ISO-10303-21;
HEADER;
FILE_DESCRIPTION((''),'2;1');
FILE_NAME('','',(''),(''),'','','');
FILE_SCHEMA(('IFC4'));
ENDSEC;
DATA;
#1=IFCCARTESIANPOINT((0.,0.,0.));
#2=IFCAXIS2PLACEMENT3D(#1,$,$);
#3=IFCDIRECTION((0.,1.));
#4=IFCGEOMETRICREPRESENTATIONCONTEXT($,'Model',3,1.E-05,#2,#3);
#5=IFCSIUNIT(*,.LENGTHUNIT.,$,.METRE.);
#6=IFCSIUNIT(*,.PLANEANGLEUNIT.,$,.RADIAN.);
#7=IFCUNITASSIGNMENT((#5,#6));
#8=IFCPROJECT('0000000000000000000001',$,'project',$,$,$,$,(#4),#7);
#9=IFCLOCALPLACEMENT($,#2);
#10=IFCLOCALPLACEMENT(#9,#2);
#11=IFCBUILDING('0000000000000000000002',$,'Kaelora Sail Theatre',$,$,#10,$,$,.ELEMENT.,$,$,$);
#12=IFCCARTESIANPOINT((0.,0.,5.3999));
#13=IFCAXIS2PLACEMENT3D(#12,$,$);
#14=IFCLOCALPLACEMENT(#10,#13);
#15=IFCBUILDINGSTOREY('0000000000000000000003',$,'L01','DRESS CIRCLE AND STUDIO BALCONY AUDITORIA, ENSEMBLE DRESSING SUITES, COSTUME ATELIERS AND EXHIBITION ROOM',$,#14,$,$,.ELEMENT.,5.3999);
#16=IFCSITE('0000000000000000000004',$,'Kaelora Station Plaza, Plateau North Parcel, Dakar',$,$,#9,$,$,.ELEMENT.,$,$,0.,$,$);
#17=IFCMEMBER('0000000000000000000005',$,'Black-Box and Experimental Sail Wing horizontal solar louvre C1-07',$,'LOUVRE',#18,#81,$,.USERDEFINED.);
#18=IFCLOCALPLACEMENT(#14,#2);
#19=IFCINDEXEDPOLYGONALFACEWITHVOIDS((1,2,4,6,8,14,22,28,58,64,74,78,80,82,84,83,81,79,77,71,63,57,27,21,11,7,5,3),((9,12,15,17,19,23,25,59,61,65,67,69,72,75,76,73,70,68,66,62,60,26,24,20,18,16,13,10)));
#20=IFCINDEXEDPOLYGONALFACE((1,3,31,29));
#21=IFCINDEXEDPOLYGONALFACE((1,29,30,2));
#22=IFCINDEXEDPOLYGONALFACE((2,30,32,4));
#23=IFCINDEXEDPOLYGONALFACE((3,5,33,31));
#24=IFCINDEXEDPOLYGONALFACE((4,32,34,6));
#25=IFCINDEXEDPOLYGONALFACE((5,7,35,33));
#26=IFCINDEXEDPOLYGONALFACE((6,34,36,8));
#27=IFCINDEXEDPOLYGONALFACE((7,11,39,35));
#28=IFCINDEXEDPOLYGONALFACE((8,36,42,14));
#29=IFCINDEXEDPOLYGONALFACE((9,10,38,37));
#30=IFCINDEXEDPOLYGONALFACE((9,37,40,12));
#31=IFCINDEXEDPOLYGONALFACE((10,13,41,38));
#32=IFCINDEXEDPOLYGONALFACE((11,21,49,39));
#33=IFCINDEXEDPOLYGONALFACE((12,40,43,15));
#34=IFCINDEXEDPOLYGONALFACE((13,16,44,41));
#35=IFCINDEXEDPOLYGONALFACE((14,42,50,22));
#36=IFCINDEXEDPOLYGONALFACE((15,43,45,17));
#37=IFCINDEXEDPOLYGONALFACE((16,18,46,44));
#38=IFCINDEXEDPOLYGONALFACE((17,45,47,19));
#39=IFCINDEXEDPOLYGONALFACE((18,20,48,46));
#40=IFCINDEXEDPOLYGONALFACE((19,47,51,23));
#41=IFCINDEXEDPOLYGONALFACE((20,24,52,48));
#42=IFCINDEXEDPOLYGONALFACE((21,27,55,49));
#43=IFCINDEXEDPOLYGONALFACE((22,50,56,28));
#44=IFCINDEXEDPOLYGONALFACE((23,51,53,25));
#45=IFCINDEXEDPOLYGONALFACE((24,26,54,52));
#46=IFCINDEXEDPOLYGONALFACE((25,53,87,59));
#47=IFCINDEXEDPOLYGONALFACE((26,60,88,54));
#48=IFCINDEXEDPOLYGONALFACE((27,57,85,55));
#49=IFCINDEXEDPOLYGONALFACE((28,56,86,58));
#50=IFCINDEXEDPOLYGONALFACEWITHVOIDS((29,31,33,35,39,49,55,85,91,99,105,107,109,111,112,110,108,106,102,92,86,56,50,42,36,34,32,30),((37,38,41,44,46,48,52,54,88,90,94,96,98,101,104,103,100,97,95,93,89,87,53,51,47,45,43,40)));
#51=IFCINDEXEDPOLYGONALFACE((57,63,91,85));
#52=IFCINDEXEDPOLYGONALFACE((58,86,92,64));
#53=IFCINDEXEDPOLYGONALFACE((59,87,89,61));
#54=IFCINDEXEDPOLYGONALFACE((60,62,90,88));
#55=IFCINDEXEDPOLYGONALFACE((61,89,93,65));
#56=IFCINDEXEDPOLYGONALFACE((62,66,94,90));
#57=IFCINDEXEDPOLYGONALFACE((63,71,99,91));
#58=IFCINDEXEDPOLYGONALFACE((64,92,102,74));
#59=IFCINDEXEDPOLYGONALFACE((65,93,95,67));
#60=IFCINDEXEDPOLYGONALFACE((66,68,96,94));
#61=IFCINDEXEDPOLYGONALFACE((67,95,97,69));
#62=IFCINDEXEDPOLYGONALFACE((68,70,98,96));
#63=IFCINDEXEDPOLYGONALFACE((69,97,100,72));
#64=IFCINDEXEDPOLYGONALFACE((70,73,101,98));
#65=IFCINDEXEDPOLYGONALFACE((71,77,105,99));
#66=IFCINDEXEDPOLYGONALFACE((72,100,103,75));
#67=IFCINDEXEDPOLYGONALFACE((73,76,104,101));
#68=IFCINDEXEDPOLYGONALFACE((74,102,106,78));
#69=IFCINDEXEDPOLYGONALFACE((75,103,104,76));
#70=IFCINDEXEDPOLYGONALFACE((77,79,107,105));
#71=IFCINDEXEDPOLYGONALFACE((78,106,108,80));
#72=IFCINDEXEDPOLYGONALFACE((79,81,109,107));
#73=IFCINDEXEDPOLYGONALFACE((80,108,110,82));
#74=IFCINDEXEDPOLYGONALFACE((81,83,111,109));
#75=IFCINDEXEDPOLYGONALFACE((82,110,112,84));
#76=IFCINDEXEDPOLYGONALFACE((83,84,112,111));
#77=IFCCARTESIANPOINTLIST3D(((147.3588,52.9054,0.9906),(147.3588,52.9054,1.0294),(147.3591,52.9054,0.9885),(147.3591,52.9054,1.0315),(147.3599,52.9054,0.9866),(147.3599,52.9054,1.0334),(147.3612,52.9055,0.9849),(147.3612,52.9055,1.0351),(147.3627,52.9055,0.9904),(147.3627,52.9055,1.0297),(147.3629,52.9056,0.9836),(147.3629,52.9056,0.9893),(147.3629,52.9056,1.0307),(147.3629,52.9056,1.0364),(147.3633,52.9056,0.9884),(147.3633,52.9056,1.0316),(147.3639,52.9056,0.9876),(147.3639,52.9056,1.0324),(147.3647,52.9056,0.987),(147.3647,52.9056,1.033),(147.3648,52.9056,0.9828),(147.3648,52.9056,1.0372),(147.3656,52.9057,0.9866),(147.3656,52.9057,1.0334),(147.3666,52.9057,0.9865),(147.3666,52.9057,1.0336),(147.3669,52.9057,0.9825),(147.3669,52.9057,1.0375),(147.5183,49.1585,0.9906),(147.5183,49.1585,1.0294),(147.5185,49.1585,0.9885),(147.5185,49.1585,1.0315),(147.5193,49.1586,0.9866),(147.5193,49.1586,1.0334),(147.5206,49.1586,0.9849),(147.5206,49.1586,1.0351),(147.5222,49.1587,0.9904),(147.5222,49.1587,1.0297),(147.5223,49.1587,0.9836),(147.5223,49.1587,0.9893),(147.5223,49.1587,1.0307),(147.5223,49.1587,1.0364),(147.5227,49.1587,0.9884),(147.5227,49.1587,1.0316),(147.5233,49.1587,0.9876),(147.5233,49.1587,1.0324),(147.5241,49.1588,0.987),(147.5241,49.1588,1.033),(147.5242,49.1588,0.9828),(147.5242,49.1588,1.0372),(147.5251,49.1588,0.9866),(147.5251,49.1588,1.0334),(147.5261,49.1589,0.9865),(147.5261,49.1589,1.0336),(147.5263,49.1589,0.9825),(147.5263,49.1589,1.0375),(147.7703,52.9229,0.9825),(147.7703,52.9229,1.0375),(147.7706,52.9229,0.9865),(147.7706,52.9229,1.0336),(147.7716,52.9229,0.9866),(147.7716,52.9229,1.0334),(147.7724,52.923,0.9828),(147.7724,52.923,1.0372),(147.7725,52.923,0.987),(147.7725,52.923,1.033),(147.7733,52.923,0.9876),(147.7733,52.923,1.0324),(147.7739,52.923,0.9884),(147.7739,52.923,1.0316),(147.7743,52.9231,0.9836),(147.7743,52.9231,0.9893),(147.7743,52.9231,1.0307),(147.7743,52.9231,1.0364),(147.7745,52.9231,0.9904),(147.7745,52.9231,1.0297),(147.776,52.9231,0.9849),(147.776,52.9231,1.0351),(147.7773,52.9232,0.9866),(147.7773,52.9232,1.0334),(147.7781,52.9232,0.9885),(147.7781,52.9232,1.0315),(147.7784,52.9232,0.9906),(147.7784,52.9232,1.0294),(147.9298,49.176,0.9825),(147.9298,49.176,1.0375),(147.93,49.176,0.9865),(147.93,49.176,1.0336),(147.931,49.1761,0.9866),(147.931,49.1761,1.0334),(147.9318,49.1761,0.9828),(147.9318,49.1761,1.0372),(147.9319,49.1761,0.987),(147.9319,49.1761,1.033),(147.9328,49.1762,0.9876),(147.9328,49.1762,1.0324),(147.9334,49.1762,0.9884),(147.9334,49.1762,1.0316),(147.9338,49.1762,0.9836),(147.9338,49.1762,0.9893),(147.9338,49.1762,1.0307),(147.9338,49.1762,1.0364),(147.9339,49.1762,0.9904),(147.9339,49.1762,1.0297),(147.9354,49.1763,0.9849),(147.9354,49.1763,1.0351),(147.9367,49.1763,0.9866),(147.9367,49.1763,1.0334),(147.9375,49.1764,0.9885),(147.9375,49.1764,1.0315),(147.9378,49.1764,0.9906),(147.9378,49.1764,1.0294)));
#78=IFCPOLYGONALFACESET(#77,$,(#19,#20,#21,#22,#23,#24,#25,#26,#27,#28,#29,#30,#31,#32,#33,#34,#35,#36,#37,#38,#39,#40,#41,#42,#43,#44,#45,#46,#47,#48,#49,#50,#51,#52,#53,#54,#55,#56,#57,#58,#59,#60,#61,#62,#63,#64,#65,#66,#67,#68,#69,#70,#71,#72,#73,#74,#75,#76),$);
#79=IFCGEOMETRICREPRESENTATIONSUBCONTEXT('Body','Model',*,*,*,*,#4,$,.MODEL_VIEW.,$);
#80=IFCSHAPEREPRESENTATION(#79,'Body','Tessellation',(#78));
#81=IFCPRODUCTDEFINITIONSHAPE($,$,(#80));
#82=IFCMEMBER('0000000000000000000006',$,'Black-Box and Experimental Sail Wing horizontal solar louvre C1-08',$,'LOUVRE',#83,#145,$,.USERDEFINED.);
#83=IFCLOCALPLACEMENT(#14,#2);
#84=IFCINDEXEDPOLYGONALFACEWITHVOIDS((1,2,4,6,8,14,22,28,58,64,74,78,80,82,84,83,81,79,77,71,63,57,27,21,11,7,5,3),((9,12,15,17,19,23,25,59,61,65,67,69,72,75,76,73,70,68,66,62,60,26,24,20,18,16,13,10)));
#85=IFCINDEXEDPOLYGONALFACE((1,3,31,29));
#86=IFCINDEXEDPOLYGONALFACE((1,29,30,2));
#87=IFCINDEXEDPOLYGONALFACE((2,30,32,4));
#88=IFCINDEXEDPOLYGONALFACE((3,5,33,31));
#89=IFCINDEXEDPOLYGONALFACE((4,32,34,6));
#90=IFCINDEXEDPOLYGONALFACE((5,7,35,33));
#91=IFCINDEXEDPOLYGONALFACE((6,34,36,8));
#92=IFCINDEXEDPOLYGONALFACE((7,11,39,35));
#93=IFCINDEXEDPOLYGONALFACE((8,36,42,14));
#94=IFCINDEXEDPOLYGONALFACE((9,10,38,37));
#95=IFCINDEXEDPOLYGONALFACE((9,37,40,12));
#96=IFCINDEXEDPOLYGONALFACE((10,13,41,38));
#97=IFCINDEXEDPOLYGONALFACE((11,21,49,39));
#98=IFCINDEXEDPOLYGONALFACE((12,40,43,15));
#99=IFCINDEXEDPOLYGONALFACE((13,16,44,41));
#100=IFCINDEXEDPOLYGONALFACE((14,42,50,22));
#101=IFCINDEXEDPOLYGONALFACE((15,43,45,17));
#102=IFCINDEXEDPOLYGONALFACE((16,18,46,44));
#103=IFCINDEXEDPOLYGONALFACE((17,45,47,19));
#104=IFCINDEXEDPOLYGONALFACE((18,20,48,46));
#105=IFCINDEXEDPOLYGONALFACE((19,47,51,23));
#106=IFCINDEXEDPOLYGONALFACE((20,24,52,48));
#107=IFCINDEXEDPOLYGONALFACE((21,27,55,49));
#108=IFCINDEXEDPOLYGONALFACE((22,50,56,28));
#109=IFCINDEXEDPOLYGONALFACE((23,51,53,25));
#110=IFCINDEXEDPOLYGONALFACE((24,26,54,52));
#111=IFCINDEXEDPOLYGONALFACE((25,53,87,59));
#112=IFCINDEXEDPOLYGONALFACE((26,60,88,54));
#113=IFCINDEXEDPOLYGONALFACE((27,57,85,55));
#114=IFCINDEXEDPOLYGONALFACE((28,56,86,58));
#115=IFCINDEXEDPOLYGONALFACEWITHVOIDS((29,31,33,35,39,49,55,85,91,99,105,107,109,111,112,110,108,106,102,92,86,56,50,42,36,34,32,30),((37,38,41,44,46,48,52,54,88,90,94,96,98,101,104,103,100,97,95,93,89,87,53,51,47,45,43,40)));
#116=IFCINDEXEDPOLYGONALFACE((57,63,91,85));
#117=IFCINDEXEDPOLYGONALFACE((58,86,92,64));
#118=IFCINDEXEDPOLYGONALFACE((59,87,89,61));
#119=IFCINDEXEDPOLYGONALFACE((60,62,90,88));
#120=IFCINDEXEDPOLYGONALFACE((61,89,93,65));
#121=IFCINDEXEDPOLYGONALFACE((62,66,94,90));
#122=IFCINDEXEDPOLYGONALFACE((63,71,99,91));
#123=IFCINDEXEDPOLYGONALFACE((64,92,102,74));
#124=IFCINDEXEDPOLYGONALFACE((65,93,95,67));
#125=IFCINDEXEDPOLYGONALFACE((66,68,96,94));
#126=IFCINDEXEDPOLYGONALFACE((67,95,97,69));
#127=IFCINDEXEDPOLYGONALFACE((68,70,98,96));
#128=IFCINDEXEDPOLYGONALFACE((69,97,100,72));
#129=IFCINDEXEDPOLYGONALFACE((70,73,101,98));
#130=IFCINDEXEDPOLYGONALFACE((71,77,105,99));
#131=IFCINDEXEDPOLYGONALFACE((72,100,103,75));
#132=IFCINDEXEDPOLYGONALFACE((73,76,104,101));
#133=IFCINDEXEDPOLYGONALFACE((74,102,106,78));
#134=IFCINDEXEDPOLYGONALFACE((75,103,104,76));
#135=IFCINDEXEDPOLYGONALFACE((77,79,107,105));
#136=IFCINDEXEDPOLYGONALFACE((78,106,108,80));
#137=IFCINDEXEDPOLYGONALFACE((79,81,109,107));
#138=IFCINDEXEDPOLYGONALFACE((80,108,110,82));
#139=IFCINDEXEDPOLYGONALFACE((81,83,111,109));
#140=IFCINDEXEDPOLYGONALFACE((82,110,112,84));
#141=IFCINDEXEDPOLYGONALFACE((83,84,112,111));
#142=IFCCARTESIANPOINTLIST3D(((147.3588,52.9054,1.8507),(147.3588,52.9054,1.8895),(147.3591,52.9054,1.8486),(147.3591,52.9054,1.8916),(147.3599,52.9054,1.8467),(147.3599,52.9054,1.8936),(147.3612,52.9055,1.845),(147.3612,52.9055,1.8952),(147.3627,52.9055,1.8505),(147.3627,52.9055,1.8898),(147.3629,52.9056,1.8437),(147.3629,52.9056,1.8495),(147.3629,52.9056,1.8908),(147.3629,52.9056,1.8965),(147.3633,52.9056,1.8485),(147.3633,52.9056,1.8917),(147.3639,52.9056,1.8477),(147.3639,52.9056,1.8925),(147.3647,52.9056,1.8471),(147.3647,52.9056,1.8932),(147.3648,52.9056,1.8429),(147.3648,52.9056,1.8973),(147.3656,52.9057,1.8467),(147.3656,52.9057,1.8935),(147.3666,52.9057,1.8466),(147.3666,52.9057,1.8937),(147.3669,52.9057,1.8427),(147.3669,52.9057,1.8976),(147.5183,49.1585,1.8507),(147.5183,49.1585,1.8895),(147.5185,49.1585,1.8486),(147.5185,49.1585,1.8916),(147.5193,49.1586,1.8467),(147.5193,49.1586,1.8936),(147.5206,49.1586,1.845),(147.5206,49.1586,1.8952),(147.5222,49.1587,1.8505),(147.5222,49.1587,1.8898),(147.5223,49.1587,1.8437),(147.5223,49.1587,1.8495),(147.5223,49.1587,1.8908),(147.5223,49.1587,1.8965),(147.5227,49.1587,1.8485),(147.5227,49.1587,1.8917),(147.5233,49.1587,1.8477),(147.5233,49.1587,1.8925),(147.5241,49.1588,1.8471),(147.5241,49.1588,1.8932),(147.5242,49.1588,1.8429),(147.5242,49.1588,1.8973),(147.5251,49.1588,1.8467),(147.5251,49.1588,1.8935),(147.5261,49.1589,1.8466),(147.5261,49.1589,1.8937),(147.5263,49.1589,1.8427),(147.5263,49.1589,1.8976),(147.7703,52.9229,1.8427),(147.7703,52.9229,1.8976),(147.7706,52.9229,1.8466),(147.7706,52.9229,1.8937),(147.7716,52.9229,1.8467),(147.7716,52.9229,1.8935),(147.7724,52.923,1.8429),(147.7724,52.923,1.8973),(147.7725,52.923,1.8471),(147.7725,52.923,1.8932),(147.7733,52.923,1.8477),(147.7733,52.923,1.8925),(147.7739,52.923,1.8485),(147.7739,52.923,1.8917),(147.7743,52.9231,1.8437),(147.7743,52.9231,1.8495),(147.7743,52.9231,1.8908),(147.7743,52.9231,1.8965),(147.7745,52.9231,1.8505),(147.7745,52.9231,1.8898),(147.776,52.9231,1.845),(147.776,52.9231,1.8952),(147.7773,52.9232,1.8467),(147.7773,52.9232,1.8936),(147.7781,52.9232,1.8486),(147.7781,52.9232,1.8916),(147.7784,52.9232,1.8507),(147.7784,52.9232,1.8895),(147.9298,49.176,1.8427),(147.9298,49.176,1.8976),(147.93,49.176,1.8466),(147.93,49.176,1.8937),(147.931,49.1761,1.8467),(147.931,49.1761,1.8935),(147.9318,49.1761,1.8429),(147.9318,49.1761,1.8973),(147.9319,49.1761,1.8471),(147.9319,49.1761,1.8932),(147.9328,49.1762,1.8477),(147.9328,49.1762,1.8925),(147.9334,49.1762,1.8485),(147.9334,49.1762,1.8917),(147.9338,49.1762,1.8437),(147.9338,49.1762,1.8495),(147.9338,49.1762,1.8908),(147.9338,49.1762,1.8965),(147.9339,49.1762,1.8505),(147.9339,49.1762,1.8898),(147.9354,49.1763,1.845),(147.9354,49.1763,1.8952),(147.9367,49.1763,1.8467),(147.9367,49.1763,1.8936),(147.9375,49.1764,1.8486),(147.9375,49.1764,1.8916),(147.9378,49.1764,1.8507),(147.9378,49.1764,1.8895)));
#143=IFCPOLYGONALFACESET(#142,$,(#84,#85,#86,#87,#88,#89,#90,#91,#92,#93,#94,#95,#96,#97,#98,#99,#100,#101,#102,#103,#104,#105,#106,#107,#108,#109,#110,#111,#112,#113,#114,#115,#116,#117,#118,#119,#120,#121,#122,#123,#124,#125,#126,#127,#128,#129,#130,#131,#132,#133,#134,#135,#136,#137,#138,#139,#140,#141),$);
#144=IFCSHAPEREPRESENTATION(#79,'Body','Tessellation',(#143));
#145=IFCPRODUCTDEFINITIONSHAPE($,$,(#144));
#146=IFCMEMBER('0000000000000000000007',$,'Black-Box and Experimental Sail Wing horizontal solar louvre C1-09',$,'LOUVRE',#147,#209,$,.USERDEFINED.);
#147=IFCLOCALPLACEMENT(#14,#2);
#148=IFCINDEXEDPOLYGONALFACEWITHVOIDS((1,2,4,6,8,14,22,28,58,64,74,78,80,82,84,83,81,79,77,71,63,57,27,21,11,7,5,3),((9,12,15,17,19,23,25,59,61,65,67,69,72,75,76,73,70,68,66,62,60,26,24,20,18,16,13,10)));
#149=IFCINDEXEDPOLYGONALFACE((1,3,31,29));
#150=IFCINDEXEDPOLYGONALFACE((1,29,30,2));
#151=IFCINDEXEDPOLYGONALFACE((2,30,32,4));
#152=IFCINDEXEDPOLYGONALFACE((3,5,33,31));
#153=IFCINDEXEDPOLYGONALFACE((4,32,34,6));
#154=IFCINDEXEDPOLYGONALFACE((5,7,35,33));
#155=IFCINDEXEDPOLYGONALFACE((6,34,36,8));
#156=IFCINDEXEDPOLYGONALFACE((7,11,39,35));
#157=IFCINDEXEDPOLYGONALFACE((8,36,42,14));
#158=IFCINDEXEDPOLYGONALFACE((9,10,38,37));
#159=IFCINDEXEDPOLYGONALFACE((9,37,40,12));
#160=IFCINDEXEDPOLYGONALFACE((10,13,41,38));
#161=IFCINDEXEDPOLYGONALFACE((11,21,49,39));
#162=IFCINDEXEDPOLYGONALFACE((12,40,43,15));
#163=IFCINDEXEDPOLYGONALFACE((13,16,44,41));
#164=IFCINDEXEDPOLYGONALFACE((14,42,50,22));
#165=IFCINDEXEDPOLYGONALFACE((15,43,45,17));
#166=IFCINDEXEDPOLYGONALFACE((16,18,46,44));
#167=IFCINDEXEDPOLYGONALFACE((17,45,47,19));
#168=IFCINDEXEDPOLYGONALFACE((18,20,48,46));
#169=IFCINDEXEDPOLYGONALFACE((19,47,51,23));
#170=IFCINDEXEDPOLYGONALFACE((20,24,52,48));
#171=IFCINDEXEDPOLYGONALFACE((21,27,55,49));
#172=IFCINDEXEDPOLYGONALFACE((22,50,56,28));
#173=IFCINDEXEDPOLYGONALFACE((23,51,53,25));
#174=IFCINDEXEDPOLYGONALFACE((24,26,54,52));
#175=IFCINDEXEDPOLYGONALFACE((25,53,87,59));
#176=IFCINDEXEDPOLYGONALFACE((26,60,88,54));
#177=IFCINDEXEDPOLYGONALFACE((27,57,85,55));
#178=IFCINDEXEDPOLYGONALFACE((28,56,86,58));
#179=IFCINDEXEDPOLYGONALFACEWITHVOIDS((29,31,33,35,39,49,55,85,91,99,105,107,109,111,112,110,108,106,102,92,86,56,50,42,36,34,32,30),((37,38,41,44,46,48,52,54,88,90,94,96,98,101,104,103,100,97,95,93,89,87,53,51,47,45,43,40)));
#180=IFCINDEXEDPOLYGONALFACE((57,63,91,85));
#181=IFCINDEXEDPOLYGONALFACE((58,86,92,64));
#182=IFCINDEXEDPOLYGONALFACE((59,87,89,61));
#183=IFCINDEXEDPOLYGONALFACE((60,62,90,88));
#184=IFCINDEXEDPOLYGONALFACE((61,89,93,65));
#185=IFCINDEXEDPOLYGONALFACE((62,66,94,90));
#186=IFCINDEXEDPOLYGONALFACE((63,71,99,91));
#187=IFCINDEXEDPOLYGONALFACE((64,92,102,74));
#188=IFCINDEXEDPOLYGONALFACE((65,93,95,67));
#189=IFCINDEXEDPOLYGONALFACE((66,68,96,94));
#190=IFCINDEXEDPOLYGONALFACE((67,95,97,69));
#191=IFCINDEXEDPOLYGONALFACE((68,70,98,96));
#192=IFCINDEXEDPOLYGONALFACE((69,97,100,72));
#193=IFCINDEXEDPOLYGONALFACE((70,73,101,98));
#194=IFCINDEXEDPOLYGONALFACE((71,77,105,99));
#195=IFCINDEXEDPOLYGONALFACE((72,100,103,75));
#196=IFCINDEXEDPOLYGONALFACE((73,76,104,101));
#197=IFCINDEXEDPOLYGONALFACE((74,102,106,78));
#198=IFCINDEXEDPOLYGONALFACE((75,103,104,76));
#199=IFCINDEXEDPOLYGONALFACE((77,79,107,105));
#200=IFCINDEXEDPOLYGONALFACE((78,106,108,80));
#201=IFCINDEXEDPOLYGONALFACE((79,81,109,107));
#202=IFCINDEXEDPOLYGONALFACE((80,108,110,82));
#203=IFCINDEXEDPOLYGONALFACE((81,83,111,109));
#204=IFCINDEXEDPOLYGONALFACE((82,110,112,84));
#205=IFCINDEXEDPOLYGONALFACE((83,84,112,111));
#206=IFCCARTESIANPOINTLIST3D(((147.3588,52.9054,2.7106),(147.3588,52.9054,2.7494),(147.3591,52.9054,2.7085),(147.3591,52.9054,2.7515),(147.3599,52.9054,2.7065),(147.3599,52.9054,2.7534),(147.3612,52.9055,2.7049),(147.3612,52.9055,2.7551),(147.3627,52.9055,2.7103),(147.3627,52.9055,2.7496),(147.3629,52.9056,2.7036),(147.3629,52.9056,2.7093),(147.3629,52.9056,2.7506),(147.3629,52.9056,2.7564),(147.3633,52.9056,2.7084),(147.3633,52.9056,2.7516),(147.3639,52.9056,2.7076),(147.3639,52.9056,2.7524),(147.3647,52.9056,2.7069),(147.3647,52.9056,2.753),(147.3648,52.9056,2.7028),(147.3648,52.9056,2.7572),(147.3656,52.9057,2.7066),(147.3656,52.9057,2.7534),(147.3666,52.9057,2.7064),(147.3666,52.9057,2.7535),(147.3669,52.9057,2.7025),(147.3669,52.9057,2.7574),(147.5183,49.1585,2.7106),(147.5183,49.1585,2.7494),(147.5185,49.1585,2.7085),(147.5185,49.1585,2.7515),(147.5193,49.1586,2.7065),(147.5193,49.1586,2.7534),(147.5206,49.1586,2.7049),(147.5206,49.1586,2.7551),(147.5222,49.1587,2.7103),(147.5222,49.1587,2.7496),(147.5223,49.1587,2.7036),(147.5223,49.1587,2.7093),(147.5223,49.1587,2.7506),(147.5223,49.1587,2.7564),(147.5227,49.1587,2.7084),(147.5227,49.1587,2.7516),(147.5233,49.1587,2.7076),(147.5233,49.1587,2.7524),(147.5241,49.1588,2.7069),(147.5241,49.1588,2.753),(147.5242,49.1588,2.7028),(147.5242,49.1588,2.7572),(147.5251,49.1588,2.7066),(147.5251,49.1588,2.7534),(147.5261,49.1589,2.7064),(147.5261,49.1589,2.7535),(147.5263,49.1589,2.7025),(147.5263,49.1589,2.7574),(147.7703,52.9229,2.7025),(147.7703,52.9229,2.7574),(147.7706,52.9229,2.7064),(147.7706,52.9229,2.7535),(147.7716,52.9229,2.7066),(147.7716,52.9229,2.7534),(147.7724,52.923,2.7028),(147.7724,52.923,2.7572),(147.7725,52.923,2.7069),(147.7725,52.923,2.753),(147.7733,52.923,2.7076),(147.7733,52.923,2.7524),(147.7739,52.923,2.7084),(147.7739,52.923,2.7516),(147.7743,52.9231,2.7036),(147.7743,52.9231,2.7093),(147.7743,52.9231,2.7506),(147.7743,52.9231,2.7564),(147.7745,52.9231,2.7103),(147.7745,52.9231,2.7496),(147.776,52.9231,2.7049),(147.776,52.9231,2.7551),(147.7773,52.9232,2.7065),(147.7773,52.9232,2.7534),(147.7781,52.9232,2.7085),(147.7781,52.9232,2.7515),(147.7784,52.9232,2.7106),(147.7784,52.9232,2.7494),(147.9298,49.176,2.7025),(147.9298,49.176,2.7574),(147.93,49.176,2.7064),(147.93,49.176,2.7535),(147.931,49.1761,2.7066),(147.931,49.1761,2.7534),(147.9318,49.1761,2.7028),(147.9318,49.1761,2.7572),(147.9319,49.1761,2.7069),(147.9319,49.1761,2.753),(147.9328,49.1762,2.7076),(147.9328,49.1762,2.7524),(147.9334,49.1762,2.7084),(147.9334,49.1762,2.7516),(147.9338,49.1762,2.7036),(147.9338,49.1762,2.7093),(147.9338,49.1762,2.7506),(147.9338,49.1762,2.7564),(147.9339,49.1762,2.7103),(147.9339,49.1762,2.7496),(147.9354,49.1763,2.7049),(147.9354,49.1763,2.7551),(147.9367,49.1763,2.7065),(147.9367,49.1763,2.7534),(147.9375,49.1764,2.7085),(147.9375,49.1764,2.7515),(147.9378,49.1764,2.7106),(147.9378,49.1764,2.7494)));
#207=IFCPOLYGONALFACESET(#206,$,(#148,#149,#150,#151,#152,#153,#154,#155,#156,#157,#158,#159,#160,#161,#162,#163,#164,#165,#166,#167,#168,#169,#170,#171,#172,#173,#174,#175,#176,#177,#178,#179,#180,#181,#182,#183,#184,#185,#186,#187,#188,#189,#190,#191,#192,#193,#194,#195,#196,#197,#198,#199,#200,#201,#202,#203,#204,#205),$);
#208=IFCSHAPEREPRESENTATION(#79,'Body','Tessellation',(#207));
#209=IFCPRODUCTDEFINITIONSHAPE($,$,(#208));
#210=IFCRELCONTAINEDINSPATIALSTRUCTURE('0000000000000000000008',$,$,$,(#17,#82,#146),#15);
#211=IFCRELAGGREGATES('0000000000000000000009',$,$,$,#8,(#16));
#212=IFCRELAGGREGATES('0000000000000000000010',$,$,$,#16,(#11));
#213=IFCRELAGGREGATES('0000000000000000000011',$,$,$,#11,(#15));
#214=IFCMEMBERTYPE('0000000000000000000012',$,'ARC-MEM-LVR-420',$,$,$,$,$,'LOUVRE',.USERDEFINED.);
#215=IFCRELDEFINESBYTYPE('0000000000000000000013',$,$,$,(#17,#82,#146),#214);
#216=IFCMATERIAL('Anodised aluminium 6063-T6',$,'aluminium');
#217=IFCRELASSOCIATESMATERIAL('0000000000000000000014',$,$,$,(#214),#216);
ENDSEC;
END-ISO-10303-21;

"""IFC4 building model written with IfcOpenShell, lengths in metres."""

from ifc_helpers import new_model, si_unit, direction, frame, origin, origin_2d, place, context, subcontext, project, spatial, hollow_rectangle, extrude, material, material_profile, profile_set, type_object, element, save


model = new_model("IFC4")

# Units and contexts
model_context = context("Model", 3, precision=1e-05, world=origin(), true_north=direction((0.0, 1.0)))
body_context = subcontext(model_context, "Body", "Model", "MODEL_VIEW")
ifc_project = project(units=[si_unit("LENGTHUNIT", "METRE"), si_unit("PLANEANGLEUNIT", "RADIAN")], contexts=[model_context])

# Site, building, storey
site_placement = place(None, origin())
site = spatial("IfcSite", under=ifc_project, at=site_placement, Name="Kaelora Station Plaza, Plateau North Parcel, Dakar", CompositionType="ELEMENT", RefElevation=0.0)
building_placement = place(site_placement, origin())
building = spatial("IfcBuilding", under=site, at=building_placement, Name="Kaelora Sail Theatre", CompositionType="ELEMENT")
storey_placement = place(building_placement, frame((0.0, 0.0, 5.3999)))
storey = spatial("IfcBuildingStorey", under=building, at=storey_placement, Name="L01", Description="DRESS CIRCLE AND STUDIO BALCONY AUDITORIA, ENSEMBLE DRESSING SUITES, COSTUME ATELIERS AND EXHIBITION ROOM", CompositionType="ELEMENT", Elevation=5.3999)

# Members
ifc_material_1 = material(Name="Anodised aluminium 6063-T6", Category="aluminium")
ifc_material_profile_1 = material_profile(ifc_material_1, hollow_rectangle(XDim=0.4199, YDim=0.0549, WallThickness=0.0039, InnerFilletRadius=0.0039, OuterFilletRadius=0.0081, at=origin_2d()), Name="LOUVRE 420x55x4")
ifc_profile_set_1 = profile_set([ifc_material_profile_1], Name="Anodised aluminium 6063-T6")
member_type = type_object("IfcMemberType", Name="ARC-MEM-LVR-420", ElementType="LOUVRE", PredefinedType="USERDEFINED", material=ifc_profile_set_1)
for number, where, z_axis, x_axis, name in (
    (1, (147.5686, 52.9143, 1.01), (0.042511, -0.999096, 0.0), (0.999096, 0.042511, 0.0), "Black-Box and Experimental Sail Wing horizontal solar louvre C1-07"),
    (2, (147.5686, 52.9143, 1.8701), (0.042511, -0.999096, 0.0), (0.999096, 0.042511, 0.0), "Black-Box and Experimental Sail Wing horizontal solar louvre C1-08"),
    (3, (147.5686, 52.9143, 2.73), (0.042511, -0.999096, 0.0), (0.999096, 0.042511, 0.0), "Black-Box and Experimental Sail Wing horizontal solar louvre C1-09"),
):
    element("IfcMember", number, at=place(storey_placement, frame(where, z_axis=z_axis, x_axis=x_axis)), inside=storey, type_object=member_type, Name=name, ObjectType="LOUVRE", PredefinedType="USERDEFINED", context=body_context, shape_type="SweptSolid", body=[
        extrude(hollow_rectangle(XDim=0.4199, YDim=0.0549, WallThickness=0.0039, InnerFilletRadius=0.0039, OuterFilletRadius=0.0081, at=origin_2d()), origin(), (0.0, 0.0, 1.0), 3.7502),
    ])

save(model, "model.ifc")
